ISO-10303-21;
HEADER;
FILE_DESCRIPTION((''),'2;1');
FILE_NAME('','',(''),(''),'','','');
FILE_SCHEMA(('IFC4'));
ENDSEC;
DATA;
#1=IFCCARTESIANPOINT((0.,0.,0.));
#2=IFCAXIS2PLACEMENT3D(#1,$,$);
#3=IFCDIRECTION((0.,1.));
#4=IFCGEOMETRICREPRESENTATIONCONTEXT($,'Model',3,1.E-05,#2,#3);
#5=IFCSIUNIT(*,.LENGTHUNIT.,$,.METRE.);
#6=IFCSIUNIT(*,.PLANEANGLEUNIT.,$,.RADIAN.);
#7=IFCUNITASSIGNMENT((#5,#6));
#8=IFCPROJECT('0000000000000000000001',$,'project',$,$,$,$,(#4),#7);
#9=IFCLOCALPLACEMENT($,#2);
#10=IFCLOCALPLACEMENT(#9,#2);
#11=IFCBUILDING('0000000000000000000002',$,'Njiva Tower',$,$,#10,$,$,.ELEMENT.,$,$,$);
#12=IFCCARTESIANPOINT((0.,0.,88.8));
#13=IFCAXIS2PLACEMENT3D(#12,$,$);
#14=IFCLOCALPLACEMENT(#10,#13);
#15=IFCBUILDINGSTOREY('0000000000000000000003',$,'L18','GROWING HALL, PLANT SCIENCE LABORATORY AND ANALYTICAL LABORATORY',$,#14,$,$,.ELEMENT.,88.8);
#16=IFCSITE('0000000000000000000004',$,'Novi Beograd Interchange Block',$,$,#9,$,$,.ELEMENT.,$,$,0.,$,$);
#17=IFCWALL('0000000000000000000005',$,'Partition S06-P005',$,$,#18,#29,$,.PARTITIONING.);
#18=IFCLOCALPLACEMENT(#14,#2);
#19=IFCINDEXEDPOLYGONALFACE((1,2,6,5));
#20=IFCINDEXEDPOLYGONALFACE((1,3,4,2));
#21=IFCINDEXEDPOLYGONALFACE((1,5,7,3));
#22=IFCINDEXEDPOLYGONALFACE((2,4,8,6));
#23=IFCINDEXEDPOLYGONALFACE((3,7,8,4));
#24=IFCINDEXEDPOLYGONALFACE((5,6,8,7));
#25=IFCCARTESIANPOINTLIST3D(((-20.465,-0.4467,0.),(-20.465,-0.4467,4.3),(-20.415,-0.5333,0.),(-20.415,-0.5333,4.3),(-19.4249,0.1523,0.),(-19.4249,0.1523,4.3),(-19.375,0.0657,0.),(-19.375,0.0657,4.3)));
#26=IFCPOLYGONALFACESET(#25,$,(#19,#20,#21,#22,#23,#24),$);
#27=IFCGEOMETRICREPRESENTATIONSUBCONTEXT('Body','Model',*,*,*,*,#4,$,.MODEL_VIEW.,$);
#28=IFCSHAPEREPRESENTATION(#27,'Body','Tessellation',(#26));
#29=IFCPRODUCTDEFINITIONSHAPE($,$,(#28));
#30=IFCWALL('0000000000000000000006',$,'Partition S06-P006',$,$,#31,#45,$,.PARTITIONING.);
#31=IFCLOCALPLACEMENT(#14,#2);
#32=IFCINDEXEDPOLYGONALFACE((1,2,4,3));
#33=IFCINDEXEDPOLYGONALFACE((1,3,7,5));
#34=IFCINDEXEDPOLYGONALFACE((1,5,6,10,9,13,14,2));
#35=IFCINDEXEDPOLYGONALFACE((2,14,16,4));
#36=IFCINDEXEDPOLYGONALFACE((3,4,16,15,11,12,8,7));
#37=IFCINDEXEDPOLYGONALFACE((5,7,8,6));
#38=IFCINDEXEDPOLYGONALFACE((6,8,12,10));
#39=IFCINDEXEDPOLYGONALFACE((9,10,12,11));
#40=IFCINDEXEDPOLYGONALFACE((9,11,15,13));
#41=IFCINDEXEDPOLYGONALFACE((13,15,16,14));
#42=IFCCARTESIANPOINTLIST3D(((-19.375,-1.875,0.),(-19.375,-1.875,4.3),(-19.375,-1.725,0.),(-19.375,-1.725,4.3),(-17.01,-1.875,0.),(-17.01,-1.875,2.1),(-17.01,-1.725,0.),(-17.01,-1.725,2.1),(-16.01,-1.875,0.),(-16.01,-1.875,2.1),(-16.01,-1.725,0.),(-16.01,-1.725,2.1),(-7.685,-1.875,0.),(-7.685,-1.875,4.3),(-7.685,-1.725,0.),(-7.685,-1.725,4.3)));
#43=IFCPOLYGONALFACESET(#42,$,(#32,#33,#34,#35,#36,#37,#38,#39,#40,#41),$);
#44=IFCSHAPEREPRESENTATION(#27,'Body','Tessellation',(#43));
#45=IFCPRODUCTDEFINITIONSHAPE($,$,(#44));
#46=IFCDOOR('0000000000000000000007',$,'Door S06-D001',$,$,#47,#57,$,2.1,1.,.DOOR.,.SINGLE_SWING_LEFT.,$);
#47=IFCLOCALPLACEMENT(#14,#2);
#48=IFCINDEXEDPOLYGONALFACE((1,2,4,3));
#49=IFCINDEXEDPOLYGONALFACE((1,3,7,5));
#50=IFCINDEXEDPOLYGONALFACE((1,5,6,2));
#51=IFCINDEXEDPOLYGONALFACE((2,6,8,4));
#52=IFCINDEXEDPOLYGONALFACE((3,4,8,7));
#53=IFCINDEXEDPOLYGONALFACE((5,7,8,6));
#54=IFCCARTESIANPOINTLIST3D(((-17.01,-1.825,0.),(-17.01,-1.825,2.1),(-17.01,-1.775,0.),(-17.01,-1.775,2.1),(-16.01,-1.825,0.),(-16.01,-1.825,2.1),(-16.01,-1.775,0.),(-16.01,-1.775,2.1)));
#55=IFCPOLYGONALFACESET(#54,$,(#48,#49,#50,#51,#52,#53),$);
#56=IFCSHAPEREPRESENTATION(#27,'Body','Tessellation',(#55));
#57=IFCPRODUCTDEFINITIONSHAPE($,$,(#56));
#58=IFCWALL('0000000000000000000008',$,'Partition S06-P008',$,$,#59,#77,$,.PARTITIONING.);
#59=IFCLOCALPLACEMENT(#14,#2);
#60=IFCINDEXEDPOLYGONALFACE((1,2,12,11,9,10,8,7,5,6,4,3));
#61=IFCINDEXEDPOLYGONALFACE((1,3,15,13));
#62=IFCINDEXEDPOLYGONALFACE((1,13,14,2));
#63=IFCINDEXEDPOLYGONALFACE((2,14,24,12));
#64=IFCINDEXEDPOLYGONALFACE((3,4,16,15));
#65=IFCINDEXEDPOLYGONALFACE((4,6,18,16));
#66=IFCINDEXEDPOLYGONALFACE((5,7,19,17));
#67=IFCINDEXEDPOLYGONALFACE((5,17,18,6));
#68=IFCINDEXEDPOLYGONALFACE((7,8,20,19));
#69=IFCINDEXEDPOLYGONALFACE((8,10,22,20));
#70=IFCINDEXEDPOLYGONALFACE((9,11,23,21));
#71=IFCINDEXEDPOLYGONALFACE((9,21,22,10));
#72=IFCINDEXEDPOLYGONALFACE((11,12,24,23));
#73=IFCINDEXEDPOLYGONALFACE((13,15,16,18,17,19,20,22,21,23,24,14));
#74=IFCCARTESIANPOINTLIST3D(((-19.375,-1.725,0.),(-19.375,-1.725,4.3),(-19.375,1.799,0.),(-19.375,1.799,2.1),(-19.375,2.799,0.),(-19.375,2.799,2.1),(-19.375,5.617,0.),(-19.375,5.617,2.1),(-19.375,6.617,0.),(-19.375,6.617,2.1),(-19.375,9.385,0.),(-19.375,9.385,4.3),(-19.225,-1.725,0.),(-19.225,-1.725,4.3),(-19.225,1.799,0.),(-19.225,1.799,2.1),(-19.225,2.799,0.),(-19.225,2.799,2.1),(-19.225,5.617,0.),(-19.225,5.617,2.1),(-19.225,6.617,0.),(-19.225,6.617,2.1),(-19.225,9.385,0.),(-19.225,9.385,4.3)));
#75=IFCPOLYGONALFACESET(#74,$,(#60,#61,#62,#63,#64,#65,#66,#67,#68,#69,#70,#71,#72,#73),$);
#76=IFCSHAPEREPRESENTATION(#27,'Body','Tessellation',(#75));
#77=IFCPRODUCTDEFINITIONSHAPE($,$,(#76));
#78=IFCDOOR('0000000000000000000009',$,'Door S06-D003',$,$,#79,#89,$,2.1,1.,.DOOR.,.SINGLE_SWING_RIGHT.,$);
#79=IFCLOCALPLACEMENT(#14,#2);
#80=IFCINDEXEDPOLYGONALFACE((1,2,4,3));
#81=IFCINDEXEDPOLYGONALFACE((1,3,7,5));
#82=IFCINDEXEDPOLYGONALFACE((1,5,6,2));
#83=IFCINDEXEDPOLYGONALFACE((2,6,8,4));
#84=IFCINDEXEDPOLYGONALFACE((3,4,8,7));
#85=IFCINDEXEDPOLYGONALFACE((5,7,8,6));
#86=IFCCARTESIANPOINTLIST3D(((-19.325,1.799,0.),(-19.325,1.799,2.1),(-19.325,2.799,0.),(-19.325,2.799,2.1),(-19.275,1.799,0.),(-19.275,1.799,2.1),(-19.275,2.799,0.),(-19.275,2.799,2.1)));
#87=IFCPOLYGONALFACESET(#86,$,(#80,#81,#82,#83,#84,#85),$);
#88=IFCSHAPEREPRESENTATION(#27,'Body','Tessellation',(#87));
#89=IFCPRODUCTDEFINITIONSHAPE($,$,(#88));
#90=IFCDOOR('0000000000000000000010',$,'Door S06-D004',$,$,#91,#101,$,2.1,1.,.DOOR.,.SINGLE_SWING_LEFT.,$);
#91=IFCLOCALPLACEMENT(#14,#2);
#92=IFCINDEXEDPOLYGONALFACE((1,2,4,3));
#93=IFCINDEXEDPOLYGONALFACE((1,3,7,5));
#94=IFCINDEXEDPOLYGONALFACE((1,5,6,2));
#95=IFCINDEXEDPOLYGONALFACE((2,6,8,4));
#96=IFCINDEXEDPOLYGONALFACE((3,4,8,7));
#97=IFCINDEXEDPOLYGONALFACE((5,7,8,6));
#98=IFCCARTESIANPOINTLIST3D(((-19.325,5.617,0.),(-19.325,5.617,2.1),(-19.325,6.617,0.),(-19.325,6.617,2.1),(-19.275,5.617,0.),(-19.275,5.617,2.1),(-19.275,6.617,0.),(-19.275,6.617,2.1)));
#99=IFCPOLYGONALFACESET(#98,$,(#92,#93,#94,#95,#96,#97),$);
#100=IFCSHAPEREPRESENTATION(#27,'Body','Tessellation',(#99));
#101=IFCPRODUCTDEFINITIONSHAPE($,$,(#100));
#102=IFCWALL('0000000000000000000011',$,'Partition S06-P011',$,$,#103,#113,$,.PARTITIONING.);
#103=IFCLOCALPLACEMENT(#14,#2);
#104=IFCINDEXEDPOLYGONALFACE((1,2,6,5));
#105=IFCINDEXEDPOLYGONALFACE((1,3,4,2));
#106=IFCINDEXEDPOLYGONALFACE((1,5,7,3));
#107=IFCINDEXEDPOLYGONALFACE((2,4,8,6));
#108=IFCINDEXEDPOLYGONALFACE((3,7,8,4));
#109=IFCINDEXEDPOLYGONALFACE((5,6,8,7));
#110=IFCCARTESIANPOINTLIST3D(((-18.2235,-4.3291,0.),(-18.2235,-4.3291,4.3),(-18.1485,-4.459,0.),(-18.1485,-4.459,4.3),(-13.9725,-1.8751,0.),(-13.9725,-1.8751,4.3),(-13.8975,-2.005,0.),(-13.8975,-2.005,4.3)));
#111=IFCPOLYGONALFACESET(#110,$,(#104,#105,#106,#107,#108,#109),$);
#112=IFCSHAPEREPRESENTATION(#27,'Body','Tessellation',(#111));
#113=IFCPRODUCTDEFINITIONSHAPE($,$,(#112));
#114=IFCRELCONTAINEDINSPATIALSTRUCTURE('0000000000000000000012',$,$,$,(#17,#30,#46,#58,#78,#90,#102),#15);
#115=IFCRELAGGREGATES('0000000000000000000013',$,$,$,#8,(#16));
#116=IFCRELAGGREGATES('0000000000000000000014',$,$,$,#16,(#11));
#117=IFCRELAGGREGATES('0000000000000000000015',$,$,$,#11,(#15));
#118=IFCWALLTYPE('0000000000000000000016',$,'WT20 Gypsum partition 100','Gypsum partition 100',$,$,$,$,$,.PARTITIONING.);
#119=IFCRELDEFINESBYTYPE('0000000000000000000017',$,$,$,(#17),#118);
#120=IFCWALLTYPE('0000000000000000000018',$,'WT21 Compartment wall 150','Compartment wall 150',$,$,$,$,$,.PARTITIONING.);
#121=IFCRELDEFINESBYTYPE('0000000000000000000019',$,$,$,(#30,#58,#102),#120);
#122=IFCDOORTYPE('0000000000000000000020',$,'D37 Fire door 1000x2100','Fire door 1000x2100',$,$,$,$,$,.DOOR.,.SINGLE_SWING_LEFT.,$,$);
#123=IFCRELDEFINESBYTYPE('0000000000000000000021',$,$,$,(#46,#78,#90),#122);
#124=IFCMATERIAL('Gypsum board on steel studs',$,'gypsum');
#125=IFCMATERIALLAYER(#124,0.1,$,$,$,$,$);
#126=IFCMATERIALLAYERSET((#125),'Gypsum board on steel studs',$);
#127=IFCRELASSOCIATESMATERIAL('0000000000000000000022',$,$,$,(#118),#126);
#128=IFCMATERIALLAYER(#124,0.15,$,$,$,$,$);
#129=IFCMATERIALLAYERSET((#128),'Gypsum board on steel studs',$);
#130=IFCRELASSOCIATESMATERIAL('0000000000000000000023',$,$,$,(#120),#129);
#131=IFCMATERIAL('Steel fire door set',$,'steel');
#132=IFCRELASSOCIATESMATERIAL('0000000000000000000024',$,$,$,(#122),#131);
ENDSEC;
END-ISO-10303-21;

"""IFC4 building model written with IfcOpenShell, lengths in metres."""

from ifc_helpers import new_model, si_unit, direction, frame, frame_2d, origin, place, context, subcontext, project, spatial, rectangle, extrude, material, layer, layer_set, type_object, element, fill, save


model = new_model("IFC4")

# Units and contexts
model_context = context("Model", 3, precision=1e-05, world=origin(), true_north=direction((0.0, 1.0)))
body_context = subcontext(model_context, "Body", "Model", "MODEL_VIEW")
ifc_project = project(units=[si_unit("LENGTHUNIT", "METRE"), si_unit("PLANEANGLEUNIT", "RADIAN")], contexts=[model_context])

# Site, building, storey
site_placement = place(None, origin())
site = spatial("IfcSite", under=ifc_project, at=site_placement, Name="Novi Beograd Interchange Block", CompositionType="ELEMENT", RefElevation=0.0)
building_placement = place(site_placement, origin())
building = spatial("IfcBuilding", under=site, at=building_placement, Name="Njiva Tower", CompositionType="ELEMENT")
storey_placement = place(building_placement, frame((0.0, 0.0, 88.8)))
storey = spatial("IfcBuildingStorey", under=building, at=storey_placement, Name="L18", Description="GROWING HALL, PLANT SCIENCE LABORATORY AND ANALYTICAL LABORATORY", CompositionType="ELEMENT", Elevation=88.8)

# Wall
ifc_material_1 = material(Name="Gypsum board on steel studs", Category="gypsum")
ifc_layer_1 = layer(ifc_material_1, 0.1)
ifc_layer_set_1 = layer_set([ifc_layer_1], Name="Gypsum board on steel studs")
wall_type_1 = type_object("IfcWallType", Name="WT20 Gypsum partition 100", Description="Gypsum partition 100", PredefinedType="PARTITIONING", material=ifc_layer_set_1)
wall_1_placement = place(storey_placement, frame((-20.44, -0.49, 0.0), z_axis=(0.0, 0.0, 1.0), x_axis=(0.866546, 0.499097, 0.0)))
element("IfcWall", 1, at=wall_1_placement, inside=storey, type_object=wall_type_1, Name="Partition S06-P005", PredefinedType="PARTITIONING", context=body_context, shape_type="SweptSolid", body=[
    extrude(rectangle(XDim=1.2002, YDim=0.1, at=frame_2d((0.6001, 0.0))), origin(), (0.0, 0.0, 1.0), 4.3),
])

# Wall, opening, door
ifc_layer_2 = layer(ifc_material_1, 0.15)
ifc_layer_set_2 = layer_set([ifc_layer_2], Name="Gypsum board on steel studs")
wall_type_2 = type_object("IfcWallType", Name="WT21 Compartment wall 150", Description="Compartment wall 150", PredefinedType="PARTITIONING", material=ifc_layer_set_2)
wall_2_placement = place(storey_placement, frame((-19.375, -1.8, 0.0), z_axis=(0.0, 0.0, 1.0), x_axis=(1.0, 0.0, 0.0)))
wall_2 = element("IfcWall", 2, at=wall_2_placement, inside=storey, type_object=wall_type_2, Name="Partition S06-P006", PredefinedType="PARTITIONING", context=body_context, shape_type="SweptSolid", body=[
    extrude(rectangle(XDim=11.69, YDim=0.15, at=frame_2d((5.845, 0.0))), origin(), (0.0, 0.0, 1.0), 4.3),
])
opening_1_placement = place(wall_2_placement, frame((2.365, 0.0, 0.0)))
opening_1 = element("IfcOpeningElement", 3, at=opening_1_placement, cuts=wall_2, PredefinedType="OPENING", context=body_context, shape_type="SweptSolid", body=[
    extrude(rectangle(XDim=1.0, YDim=2.1, at=frame_2d((0.5, 1.05))), frame((0.0, 0.085, 0.0), z_axis=(0.0, -1.0, 0.0), x_axis=(1.0, 0.0, 0.0)), (0.0, 0.0, 1.0), 0.17),
])
ifc_material_2 = material(Name="Steel fire door set", Category="steel")
door_type_1 = type_object("IfcDoorType", Name="D37 Fire door 1000x2100", Description="Fire door 1000x2100", OperationType="SINGLE_SWING_LEFT", PredefinedType="DOOR", material=ifc_material_2)
door_1_placement = place(opening_1_placement, origin())
door_1 = element("IfcDoor", 4, at=door_1_placement, inside=storey, type_object=door_type_1, Name="Door S06-D001", OperationType="SINGLE_SWING_LEFT", OverallHeight=2.1, OverallWidth=1.0, PredefinedType="DOOR", context=body_context, shape_type="SweptSolid", body=[
    extrude(rectangle(XDim=1.0, YDim=2.1, at=frame_2d((0.5, 1.05))), frame((0.0, 0.025, 0.0), z_axis=(0.0, -1.0, 0.0), x_axis=(1.0, 0.0, 0.0)), (0.0, 0.0, 1.0), 0.05),
])
fill(opening_1, door_1)

# Wall, openings, doors
wall_3_placement = place(storey_placement, frame((-19.3, -1.725, 0.0), z_axis=(0.0, 0.0, 1.0), x_axis=(0.0, 1.0, 0.0)))
wall_3 = element("IfcWall", 5, at=wall_3_placement, inside=storey, type_object=wall_type_2, Name="Partition S06-P008", PredefinedType="PARTITIONING", context=body_context, shape_type="SweptSolid", body=[
    extrude(rectangle(XDim=11.11, YDim=0.15, at=frame_2d((5.555, 0.0))), origin(), (0.0, 0.0, 1.0), 4.3),
])
opening_2_placement = place(wall_3_placement, frame((3.524, 0.0, 0.0)))
opening_2 = element("IfcOpeningElement", 6, at=opening_2_placement, cuts=wall_3, PredefinedType="OPENING", context=body_context, shape_type="SweptSolid", body=[
    extrude(rectangle(XDim=1.0, YDim=2.1, at=frame_2d((0.5, 1.05))), frame((0.0, 0.085, 0.0), z_axis=(0.0, -1.0, 0.0), x_axis=(1.0, 0.0, 0.0)), (0.0, 0.0, 1.0), 0.17),
])
opening_3_placement = place(wall_3_placement, frame((7.342, 0.0, 0.0)))
opening_3 = element("IfcOpeningElement", 7, at=opening_3_placement, cuts=wall_3, PredefinedType="OPENING", context=body_context, shape_type="SweptSolid", body=[
    extrude(rectangle(XDim=1.0, YDim=2.1, at=frame_2d((0.5, 1.05))), frame((0.0, 0.085, 0.0), z_axis=(0.0, -1.0, 0.0), x_axis=(1.0, 0.0, 0.0)), (0.0, 0.0, 1.0), 0.17),
])
door_2_placement = place(opening_2_placement, origin())
door_2 = element("IfcDoor", 8, at=door_2_placement, inside=storey, type_object=door_type_1, Name="Door S06-D003", OperationType="SINGLE_SWING_RIGHT", OverallHeight=2.1, OverallWidth=1.0, PredefinedType="DOOR", context=body_context, shape_type="SweptSolid", body=[
    extrude(rectangle(XDim=1.0, YDim=2.1, at=frame_2d((0.5, 1.05))), frame((0.0, 0.025, 0.0), z_axis=(0.0, -1.0, 0.0), x_axis=(1.0, 0.0, 0.0)), (0.0, 0.0, 1.0), 0.05),
])
fill(opening_2, door_2)
door_3_placement = place(opening_3_placement, origin())
door_3 = element("IfcDoor", 9, at=door_3_placement, inside=storey, type_object=door_type_1, Name="Door S06-D004", OperationType="SINGLE_SWING_LEFT", OverallHeight=2.1, OverallWidth=1.0, PredefinedType="DOOR", context=body_context, shape_type="SweptSolid", body=[
    extrude(rectangle(XDim=1.0, YDim=2.1, at=frame_2d((0.5, 1.05))), frame((0.0, 0.025, 0.0), z_axis=(0.0, -1.0, 0.0), x_axis=(1.0, 0.0, 0.0)), (0.0, 0.0, 1.0), 0.05),
])
fill(opening_3, door_3)

# Wall
wall_4_placement = place(storey_placement, frame((-18.186, -4.394, 0.0), z_axis=(0.0, 0.0, 1.0), x_axis=(0.866053, 0.499952, 0.0)))
element("IfcWall", 10, at=wall_4_placement, inside=storey, type_object=wall_type_2, Name="Partition S06-P011", PredefinedType="PARTITIONING", context=body_context, shape_type="SweptSolid", body=[
    extrude(rectangle(XDim=4.9085, YDim=0.15, at=frame_2d((2.4542, 0.0))), origin(), (0.0, 0.0, 1.0), 4.3),
])

save(model, "model.ifc")
